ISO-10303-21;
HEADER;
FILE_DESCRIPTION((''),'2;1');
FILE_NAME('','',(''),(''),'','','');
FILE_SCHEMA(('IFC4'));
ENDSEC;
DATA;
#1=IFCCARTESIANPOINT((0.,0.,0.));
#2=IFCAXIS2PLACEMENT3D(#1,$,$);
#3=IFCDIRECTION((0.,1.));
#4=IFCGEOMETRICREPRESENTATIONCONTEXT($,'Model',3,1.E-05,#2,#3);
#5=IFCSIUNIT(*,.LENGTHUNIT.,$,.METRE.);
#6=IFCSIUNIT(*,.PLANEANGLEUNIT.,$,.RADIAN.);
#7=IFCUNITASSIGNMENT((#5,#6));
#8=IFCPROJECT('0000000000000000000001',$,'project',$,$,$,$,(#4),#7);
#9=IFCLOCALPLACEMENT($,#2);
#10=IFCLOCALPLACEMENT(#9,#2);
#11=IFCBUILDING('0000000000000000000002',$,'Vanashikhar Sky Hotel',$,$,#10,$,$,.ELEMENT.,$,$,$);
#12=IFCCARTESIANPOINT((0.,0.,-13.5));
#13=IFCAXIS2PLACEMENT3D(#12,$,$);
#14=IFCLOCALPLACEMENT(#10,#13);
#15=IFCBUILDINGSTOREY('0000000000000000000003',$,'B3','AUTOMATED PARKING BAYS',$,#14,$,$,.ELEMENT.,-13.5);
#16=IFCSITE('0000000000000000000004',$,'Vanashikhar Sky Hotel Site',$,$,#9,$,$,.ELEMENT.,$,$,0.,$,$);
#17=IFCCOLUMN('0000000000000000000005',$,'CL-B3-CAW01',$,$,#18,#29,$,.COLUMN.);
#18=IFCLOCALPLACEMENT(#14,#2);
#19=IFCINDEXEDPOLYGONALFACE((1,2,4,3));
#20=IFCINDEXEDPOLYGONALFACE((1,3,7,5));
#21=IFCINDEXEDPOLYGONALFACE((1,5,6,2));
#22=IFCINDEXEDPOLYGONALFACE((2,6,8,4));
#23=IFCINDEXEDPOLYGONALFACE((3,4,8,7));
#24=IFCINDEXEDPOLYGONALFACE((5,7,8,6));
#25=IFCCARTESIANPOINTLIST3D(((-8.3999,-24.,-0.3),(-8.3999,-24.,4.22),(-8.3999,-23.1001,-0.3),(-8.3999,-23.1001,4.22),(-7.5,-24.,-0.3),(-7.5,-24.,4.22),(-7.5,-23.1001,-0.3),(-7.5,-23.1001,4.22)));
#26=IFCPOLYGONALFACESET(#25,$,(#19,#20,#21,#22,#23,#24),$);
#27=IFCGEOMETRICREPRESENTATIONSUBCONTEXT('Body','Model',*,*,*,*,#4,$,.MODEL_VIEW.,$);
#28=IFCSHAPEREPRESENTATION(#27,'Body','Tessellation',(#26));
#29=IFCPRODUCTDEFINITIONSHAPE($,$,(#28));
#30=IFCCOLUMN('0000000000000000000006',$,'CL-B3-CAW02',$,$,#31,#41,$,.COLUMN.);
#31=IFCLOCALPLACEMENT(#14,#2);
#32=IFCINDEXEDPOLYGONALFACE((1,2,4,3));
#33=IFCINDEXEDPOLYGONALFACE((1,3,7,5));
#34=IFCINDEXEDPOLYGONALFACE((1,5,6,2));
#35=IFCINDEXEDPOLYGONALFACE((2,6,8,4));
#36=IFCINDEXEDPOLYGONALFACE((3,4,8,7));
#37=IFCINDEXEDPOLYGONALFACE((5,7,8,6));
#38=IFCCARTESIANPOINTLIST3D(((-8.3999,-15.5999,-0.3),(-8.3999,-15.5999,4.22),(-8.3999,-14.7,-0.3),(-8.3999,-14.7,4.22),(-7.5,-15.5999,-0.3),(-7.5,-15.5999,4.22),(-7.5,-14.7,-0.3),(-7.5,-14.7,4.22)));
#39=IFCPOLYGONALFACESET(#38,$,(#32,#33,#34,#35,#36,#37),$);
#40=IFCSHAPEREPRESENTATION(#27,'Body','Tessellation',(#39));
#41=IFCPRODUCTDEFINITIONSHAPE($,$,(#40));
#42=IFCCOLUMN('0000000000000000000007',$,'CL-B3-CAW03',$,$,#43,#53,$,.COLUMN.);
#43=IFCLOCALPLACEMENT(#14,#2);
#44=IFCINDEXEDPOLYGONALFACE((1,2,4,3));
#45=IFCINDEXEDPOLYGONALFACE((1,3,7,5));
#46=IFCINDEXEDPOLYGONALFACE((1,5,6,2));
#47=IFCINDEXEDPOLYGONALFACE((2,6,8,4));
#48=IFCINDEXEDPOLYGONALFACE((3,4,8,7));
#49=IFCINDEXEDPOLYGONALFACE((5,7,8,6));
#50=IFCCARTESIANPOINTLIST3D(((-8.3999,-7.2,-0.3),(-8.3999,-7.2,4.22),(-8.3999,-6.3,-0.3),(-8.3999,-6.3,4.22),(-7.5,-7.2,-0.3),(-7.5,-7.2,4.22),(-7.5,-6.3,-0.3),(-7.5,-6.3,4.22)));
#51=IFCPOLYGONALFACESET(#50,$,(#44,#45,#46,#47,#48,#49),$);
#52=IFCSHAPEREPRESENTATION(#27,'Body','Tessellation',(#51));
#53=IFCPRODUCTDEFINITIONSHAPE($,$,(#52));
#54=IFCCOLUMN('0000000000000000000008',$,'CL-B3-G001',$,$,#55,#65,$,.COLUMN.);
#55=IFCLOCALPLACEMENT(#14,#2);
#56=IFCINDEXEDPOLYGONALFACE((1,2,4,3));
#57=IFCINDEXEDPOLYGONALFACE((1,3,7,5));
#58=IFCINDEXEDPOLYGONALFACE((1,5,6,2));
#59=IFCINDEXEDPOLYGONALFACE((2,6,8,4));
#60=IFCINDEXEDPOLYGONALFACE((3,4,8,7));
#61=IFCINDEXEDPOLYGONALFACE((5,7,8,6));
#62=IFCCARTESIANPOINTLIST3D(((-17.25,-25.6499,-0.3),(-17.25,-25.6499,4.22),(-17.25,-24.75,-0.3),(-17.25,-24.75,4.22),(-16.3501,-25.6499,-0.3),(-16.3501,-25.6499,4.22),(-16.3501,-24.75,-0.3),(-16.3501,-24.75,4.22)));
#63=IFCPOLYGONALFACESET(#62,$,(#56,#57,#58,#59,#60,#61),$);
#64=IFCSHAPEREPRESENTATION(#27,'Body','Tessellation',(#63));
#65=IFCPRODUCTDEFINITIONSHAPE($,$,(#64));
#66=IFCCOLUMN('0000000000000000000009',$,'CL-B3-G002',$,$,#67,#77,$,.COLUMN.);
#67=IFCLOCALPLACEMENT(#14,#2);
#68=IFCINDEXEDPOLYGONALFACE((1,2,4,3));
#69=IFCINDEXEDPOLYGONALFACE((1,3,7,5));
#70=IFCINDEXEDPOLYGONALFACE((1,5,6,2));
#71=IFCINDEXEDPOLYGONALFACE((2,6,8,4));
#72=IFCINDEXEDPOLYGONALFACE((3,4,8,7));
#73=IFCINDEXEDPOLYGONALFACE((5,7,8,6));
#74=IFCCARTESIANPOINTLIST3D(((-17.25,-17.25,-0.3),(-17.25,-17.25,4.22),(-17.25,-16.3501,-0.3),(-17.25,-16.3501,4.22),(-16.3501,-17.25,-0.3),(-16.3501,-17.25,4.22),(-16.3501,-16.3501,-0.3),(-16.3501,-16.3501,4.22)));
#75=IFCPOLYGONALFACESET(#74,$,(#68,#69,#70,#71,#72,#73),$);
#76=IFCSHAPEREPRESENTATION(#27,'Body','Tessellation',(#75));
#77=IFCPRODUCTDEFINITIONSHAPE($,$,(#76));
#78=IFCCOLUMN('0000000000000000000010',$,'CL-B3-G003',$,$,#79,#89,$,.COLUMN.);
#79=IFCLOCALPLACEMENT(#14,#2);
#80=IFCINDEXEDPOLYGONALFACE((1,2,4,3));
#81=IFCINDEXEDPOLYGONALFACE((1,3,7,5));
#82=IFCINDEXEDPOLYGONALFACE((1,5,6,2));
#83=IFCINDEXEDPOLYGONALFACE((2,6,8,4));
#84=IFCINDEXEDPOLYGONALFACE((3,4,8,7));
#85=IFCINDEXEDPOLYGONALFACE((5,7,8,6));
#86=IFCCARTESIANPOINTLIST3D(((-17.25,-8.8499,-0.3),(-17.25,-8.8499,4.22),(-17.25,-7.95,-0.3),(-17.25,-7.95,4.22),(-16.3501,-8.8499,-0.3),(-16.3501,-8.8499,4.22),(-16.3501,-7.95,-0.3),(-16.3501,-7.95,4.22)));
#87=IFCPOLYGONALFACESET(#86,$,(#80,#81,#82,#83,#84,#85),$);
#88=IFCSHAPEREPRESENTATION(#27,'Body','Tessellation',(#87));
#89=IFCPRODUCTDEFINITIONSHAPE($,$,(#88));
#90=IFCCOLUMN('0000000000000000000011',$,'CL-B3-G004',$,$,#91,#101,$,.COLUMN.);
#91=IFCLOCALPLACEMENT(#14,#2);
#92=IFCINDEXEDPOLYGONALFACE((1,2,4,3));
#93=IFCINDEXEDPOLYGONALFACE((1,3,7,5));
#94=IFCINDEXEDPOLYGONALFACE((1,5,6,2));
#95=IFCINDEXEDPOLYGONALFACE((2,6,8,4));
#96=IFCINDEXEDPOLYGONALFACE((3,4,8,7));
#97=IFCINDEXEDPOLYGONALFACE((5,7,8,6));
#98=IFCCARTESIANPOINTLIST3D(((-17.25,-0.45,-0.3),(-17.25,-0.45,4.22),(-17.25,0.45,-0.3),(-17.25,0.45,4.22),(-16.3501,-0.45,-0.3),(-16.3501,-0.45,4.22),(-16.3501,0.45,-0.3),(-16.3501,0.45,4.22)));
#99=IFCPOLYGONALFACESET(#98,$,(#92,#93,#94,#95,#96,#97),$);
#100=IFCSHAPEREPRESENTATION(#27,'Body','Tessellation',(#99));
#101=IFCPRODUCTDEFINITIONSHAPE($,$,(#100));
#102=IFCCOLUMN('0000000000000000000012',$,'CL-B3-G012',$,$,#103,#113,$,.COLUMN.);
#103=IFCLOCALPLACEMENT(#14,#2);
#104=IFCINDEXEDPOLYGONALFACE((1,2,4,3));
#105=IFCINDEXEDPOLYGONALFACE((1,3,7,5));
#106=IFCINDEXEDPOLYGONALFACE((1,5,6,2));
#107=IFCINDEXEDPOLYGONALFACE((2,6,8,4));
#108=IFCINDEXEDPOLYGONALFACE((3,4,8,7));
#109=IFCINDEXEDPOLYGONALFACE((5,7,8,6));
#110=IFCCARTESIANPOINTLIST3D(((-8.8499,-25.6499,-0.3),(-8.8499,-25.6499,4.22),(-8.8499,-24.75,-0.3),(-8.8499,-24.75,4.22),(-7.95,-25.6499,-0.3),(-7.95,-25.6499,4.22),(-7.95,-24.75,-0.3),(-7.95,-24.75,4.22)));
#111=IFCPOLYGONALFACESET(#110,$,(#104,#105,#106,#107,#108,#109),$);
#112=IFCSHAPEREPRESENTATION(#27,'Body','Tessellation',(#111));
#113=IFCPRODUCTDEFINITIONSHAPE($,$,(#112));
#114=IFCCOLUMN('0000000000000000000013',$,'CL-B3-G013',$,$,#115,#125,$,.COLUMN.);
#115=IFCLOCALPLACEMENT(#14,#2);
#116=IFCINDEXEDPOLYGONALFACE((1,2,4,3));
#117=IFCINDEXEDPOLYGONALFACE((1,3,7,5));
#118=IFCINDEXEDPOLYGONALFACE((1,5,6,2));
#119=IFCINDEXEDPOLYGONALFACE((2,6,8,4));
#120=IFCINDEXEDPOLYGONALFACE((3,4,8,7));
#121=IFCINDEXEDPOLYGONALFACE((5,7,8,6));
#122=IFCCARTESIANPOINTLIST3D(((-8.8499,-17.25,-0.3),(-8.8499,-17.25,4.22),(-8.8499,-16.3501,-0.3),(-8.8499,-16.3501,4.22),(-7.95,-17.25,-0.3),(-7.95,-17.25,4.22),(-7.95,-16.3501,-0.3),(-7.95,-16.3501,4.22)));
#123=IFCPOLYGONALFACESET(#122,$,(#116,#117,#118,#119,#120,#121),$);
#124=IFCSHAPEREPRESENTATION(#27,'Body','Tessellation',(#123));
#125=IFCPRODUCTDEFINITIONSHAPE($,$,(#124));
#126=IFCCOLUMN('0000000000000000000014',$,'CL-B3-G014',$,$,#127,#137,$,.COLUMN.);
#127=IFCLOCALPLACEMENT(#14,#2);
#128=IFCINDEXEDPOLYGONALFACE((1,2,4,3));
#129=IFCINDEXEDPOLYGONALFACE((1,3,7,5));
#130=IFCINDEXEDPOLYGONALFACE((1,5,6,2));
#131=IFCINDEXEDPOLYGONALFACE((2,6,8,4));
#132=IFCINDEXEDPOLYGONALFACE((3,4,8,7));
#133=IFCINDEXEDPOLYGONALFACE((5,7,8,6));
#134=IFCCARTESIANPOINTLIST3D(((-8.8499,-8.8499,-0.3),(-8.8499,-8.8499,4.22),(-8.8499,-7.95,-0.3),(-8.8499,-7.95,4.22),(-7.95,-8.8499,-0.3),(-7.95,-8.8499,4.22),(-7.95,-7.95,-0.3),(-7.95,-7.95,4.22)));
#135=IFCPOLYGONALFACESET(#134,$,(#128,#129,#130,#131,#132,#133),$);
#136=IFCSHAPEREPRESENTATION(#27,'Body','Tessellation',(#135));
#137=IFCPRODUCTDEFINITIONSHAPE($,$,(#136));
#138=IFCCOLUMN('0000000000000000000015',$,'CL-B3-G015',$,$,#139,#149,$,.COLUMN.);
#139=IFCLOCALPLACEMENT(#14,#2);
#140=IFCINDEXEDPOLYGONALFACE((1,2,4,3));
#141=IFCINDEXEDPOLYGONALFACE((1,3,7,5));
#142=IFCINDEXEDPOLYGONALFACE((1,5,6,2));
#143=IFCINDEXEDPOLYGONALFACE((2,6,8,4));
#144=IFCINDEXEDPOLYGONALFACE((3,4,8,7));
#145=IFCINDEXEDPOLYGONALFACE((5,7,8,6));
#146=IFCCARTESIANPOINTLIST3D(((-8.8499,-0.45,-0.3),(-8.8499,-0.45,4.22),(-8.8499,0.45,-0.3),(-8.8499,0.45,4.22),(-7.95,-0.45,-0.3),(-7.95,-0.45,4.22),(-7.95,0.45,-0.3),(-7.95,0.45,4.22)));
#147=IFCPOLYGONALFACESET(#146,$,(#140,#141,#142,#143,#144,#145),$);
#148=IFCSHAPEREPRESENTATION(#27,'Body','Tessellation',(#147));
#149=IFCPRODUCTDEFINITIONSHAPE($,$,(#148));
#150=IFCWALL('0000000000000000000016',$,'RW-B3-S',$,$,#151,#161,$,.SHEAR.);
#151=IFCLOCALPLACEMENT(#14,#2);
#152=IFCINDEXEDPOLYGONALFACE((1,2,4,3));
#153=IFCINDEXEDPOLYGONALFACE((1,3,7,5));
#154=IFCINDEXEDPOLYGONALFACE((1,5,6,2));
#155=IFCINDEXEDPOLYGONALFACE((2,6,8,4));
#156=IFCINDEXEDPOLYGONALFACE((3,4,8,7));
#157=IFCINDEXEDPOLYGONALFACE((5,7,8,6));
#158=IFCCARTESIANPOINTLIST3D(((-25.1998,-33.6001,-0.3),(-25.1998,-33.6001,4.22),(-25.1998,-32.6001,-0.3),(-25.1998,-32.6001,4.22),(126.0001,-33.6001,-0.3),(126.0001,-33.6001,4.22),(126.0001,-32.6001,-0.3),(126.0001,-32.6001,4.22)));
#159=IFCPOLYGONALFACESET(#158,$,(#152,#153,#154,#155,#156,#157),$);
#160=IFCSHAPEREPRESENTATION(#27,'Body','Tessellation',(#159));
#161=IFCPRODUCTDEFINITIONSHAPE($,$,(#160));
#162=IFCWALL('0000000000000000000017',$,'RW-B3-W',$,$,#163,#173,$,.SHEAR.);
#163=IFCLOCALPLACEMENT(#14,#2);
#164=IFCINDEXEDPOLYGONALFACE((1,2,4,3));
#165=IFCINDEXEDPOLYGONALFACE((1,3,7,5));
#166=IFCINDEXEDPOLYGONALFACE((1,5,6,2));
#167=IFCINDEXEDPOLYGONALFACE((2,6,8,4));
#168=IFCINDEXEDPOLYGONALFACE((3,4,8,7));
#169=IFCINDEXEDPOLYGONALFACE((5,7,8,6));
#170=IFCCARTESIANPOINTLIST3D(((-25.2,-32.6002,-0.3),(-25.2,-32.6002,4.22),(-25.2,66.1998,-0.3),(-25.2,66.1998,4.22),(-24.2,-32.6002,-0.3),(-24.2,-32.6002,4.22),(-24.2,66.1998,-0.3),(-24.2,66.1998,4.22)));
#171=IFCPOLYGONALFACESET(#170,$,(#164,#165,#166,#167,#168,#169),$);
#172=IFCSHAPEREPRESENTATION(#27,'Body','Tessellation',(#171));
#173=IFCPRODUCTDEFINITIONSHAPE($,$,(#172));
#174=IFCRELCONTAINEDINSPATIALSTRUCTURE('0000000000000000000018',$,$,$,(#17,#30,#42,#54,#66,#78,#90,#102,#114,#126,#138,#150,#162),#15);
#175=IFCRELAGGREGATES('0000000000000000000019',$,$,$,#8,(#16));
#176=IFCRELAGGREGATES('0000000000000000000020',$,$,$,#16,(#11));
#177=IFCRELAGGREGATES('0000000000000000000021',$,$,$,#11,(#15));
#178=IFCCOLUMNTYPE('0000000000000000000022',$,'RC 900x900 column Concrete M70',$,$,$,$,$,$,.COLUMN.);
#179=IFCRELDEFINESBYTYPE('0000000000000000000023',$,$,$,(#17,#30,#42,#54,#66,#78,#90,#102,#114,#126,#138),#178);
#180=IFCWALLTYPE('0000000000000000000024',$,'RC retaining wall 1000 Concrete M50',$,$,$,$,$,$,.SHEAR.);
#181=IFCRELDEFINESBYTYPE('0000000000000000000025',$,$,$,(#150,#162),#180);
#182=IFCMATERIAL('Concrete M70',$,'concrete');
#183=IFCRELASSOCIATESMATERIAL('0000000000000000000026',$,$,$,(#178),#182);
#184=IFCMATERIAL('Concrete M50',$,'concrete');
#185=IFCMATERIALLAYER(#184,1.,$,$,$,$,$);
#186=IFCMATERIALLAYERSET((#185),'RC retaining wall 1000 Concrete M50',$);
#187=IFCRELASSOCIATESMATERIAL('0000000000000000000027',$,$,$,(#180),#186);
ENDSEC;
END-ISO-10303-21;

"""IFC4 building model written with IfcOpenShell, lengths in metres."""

from ifc_helpers import new_model, si_unit, direction, frame, frame_2d, origin, origin_2d, place, context, subcontext, project, spatial, rectangle, extrude, source, transform, mapped, material, layer, layer_set, material_profile, profile_set, type_object, element, save


model = new_model("IFC4")

# Units and contexts
model_context = context("Model", 3, precision=1e-05, world=origin(), true_north=direction((0.0, 1.0)))
body_context = subcontext(model_context, "Body", "Model", "MODEL_VIEW")
ifc_project = project(units=[si_unit("LENGTHUNIT", "METRE"), si_unit("PLANEANGLEUNIT", "RADIAN")], contexts=[model_context])

# Site, building, storey
site_placement = place(None, origin())
site = spatial("IfcSite", under=ifc_project, at=site_placement, Name="Vanashikhar Sky Hotel Site", CompositionType="ELEMENT", RefElevation=0.0)
building_placement = place(site_placement, origin())
building = spatial("IfcBuilding", under=site, at=building_placement, Name="Vanashikhar Sky Hotel", CompositionType="ELEMENT")
storey_placement = place(building_placement, frame((0.0, 0.0, -13.5)))
storey = spatial("IfcBuildingStorey", under=building, at=storey_placement, Name="B3", Description="AUTOMATED PARKING BAYS", CompositionType="ELEMENT", Elevation=-13.5)

# Columns
ifc_material_1 = material(Name="Concrete M70", Category="concrete")
ifc_material_profile = material_profile(ifc_material_1, rectangle(XDim=0.8999, YDim=0.8999, at=origin_2d()))
ifc_profile_set = profile_set([ifc_material_profile], Name="RC 900x900 column Concrete M70")
column_type = type_object("IfcColumnType", Name="RC 900x900 column Concrete M70", PredefinedType="COLUMN", material=ifc_profile_set)
shared_shape_1 = source(origin(), body_context, "Body", "SweptSolid", [
    extrude(rectangle(XDim=0.8999, YDim=0.8999, at=origin_2d()), origin(), (0.0, 0.0, 1.0), 4.52),
])
for number, where, z_axis, x_axis, name in (
    (1, (-7.95, -23.55, -0.3), (0.0, 0.0, 1.0), (1.0, 0.0, 0.0), "CL-B3-CAW01"),
    (2, (-7.95, -15.1499, -0.3), (0.0, 0.0, 1.0), (1.0, 0.0, 0.0), "CL-B3-CAW02"),
    (3, (-7.95, -6.75, -0.3), (0.0, 0.0, 1.0), (1.0, 0.0, 0.0), "CL-B3-CAW03"),
    (4, (-16.8, -25.2, -0.3), (0.0, 0.0, 1.0), (1.0, 0.0, 0.0), "CL-B3-G001"),
    (5, (-16.8, -16.8, -0.3), (0.0, 0.0, 1.0), (1.0, 0.0, 0.0), "CL-B3-G002"),
    (6, (-16.8, -8.3999, -0.3), (0.0, 0.0, 1.0), (1.0, 0.0, 0.0), "CL-B3-G003"),
    (7, (-16.8, 0.0, -0.3), (0.0, 0.0, 1.0), (1.0, 0.0, 0.0), "CL-B3-G004"),
    (8, (-8.3999, -25.2, -0.3), (0.0, 0.0, 1.0), (1.0, 0.0, 0.0), "CL-B3-G012"),
    (9, (-8.3999, -16.8, -0.3), (0.0, 0.0, 1.0), (1.0, 0.0, 0.0), "CL-B3-G013"),
    (10, (-8.3999, -8.3999, -0.3), (0.0, 0.0, 1.0), (1.0, 0.0, 0.0), "CL-B3-G014"),
    (11, (-8.3999, 0.0, -0.3), (0.0, 0.0, 1.0), (1.0, 0.0, 0.0), "CL-B3-G015"),
):
    element("IfcColumn", number, at=place(storey_placement, frame(where, z_axis=z_axis, x_axis=x_axis)), inside=storey, type_object=column_type, Name=name, PredefinedType="COLUMN", context=body_context, shape_type="MappedRepresentation", body=[
        mapped(shared_shape_1, transform((0.0, 0.0, 0.0), scale=1.0)),
    ])

# Walls
ifc_material_2 = material(Name="Concrete M50", Category="concrete")
ifc_layer = layer(ifc_material_2, 1.0)
ifc_layer_set = layer_set([ifc_layer], Name="RC retaining wall 1000 Concrete M50")
wall_type = type_object("IfcWallType", Name="RC retaining wall 1000 Concrete M50", PredefinedType="SHEAR", material=ifc_layer_set)
shared_shape_2 = source(origin(), body_context, "Body", "SweptSolid", [
    extrude(rectangle(XDim=151.2, YDim=1.0, at=frame_2d((75.6001, 0.0))), origin(), (0.0, 0.0, 1.0), 4.52),
])
wall_1_placement = place(storey_placement, frame((-25.2, -33.1001, -0.3), z_axis=(0.0, 0.0, 1.0), x_axis=(1.0, 0.0, 0.0)))
element("IfcWall", 12, at=wall_1_placement, inside=storey, type_object=wall_type, Name="RW-B3-S", PredefinedType="SHEAR", context=body_context, shape_type="MappedRepresentation", body=[
    mapped(shared_shape_2, transform((0.0, 0.0, 0.0), scale=1.0)),
])
shared_shape_3 = source(origin(), body_context, "Body", "SweptSolid", [
    extrude(rectangle(XDim=98.8, YDim=1.0, at=frame_2d((49.3999, 0.0))), origin(), (0.0, 0.0, 1.0), 4.52),
])
wall_2_placement = place(storey_placement, frame((-24.7, -32.6001, -0.3), z_axis=(0.0, 0.0, 1.0), x_axis=(0.0, 1.0, 0.0)))
element("IfcWall", 13, at=wall_2_placement, inside=storey, type_object=wall_type, Name="RW-B3-W", PredefinedType="SHEAR", context=body_context, shape_type="MappedRepresentation", body=[
    mapped(shared_shape_3, transform((0.0, 0.0, 0.0), scale=1.0)),
])

save(model, "model.ifc")
